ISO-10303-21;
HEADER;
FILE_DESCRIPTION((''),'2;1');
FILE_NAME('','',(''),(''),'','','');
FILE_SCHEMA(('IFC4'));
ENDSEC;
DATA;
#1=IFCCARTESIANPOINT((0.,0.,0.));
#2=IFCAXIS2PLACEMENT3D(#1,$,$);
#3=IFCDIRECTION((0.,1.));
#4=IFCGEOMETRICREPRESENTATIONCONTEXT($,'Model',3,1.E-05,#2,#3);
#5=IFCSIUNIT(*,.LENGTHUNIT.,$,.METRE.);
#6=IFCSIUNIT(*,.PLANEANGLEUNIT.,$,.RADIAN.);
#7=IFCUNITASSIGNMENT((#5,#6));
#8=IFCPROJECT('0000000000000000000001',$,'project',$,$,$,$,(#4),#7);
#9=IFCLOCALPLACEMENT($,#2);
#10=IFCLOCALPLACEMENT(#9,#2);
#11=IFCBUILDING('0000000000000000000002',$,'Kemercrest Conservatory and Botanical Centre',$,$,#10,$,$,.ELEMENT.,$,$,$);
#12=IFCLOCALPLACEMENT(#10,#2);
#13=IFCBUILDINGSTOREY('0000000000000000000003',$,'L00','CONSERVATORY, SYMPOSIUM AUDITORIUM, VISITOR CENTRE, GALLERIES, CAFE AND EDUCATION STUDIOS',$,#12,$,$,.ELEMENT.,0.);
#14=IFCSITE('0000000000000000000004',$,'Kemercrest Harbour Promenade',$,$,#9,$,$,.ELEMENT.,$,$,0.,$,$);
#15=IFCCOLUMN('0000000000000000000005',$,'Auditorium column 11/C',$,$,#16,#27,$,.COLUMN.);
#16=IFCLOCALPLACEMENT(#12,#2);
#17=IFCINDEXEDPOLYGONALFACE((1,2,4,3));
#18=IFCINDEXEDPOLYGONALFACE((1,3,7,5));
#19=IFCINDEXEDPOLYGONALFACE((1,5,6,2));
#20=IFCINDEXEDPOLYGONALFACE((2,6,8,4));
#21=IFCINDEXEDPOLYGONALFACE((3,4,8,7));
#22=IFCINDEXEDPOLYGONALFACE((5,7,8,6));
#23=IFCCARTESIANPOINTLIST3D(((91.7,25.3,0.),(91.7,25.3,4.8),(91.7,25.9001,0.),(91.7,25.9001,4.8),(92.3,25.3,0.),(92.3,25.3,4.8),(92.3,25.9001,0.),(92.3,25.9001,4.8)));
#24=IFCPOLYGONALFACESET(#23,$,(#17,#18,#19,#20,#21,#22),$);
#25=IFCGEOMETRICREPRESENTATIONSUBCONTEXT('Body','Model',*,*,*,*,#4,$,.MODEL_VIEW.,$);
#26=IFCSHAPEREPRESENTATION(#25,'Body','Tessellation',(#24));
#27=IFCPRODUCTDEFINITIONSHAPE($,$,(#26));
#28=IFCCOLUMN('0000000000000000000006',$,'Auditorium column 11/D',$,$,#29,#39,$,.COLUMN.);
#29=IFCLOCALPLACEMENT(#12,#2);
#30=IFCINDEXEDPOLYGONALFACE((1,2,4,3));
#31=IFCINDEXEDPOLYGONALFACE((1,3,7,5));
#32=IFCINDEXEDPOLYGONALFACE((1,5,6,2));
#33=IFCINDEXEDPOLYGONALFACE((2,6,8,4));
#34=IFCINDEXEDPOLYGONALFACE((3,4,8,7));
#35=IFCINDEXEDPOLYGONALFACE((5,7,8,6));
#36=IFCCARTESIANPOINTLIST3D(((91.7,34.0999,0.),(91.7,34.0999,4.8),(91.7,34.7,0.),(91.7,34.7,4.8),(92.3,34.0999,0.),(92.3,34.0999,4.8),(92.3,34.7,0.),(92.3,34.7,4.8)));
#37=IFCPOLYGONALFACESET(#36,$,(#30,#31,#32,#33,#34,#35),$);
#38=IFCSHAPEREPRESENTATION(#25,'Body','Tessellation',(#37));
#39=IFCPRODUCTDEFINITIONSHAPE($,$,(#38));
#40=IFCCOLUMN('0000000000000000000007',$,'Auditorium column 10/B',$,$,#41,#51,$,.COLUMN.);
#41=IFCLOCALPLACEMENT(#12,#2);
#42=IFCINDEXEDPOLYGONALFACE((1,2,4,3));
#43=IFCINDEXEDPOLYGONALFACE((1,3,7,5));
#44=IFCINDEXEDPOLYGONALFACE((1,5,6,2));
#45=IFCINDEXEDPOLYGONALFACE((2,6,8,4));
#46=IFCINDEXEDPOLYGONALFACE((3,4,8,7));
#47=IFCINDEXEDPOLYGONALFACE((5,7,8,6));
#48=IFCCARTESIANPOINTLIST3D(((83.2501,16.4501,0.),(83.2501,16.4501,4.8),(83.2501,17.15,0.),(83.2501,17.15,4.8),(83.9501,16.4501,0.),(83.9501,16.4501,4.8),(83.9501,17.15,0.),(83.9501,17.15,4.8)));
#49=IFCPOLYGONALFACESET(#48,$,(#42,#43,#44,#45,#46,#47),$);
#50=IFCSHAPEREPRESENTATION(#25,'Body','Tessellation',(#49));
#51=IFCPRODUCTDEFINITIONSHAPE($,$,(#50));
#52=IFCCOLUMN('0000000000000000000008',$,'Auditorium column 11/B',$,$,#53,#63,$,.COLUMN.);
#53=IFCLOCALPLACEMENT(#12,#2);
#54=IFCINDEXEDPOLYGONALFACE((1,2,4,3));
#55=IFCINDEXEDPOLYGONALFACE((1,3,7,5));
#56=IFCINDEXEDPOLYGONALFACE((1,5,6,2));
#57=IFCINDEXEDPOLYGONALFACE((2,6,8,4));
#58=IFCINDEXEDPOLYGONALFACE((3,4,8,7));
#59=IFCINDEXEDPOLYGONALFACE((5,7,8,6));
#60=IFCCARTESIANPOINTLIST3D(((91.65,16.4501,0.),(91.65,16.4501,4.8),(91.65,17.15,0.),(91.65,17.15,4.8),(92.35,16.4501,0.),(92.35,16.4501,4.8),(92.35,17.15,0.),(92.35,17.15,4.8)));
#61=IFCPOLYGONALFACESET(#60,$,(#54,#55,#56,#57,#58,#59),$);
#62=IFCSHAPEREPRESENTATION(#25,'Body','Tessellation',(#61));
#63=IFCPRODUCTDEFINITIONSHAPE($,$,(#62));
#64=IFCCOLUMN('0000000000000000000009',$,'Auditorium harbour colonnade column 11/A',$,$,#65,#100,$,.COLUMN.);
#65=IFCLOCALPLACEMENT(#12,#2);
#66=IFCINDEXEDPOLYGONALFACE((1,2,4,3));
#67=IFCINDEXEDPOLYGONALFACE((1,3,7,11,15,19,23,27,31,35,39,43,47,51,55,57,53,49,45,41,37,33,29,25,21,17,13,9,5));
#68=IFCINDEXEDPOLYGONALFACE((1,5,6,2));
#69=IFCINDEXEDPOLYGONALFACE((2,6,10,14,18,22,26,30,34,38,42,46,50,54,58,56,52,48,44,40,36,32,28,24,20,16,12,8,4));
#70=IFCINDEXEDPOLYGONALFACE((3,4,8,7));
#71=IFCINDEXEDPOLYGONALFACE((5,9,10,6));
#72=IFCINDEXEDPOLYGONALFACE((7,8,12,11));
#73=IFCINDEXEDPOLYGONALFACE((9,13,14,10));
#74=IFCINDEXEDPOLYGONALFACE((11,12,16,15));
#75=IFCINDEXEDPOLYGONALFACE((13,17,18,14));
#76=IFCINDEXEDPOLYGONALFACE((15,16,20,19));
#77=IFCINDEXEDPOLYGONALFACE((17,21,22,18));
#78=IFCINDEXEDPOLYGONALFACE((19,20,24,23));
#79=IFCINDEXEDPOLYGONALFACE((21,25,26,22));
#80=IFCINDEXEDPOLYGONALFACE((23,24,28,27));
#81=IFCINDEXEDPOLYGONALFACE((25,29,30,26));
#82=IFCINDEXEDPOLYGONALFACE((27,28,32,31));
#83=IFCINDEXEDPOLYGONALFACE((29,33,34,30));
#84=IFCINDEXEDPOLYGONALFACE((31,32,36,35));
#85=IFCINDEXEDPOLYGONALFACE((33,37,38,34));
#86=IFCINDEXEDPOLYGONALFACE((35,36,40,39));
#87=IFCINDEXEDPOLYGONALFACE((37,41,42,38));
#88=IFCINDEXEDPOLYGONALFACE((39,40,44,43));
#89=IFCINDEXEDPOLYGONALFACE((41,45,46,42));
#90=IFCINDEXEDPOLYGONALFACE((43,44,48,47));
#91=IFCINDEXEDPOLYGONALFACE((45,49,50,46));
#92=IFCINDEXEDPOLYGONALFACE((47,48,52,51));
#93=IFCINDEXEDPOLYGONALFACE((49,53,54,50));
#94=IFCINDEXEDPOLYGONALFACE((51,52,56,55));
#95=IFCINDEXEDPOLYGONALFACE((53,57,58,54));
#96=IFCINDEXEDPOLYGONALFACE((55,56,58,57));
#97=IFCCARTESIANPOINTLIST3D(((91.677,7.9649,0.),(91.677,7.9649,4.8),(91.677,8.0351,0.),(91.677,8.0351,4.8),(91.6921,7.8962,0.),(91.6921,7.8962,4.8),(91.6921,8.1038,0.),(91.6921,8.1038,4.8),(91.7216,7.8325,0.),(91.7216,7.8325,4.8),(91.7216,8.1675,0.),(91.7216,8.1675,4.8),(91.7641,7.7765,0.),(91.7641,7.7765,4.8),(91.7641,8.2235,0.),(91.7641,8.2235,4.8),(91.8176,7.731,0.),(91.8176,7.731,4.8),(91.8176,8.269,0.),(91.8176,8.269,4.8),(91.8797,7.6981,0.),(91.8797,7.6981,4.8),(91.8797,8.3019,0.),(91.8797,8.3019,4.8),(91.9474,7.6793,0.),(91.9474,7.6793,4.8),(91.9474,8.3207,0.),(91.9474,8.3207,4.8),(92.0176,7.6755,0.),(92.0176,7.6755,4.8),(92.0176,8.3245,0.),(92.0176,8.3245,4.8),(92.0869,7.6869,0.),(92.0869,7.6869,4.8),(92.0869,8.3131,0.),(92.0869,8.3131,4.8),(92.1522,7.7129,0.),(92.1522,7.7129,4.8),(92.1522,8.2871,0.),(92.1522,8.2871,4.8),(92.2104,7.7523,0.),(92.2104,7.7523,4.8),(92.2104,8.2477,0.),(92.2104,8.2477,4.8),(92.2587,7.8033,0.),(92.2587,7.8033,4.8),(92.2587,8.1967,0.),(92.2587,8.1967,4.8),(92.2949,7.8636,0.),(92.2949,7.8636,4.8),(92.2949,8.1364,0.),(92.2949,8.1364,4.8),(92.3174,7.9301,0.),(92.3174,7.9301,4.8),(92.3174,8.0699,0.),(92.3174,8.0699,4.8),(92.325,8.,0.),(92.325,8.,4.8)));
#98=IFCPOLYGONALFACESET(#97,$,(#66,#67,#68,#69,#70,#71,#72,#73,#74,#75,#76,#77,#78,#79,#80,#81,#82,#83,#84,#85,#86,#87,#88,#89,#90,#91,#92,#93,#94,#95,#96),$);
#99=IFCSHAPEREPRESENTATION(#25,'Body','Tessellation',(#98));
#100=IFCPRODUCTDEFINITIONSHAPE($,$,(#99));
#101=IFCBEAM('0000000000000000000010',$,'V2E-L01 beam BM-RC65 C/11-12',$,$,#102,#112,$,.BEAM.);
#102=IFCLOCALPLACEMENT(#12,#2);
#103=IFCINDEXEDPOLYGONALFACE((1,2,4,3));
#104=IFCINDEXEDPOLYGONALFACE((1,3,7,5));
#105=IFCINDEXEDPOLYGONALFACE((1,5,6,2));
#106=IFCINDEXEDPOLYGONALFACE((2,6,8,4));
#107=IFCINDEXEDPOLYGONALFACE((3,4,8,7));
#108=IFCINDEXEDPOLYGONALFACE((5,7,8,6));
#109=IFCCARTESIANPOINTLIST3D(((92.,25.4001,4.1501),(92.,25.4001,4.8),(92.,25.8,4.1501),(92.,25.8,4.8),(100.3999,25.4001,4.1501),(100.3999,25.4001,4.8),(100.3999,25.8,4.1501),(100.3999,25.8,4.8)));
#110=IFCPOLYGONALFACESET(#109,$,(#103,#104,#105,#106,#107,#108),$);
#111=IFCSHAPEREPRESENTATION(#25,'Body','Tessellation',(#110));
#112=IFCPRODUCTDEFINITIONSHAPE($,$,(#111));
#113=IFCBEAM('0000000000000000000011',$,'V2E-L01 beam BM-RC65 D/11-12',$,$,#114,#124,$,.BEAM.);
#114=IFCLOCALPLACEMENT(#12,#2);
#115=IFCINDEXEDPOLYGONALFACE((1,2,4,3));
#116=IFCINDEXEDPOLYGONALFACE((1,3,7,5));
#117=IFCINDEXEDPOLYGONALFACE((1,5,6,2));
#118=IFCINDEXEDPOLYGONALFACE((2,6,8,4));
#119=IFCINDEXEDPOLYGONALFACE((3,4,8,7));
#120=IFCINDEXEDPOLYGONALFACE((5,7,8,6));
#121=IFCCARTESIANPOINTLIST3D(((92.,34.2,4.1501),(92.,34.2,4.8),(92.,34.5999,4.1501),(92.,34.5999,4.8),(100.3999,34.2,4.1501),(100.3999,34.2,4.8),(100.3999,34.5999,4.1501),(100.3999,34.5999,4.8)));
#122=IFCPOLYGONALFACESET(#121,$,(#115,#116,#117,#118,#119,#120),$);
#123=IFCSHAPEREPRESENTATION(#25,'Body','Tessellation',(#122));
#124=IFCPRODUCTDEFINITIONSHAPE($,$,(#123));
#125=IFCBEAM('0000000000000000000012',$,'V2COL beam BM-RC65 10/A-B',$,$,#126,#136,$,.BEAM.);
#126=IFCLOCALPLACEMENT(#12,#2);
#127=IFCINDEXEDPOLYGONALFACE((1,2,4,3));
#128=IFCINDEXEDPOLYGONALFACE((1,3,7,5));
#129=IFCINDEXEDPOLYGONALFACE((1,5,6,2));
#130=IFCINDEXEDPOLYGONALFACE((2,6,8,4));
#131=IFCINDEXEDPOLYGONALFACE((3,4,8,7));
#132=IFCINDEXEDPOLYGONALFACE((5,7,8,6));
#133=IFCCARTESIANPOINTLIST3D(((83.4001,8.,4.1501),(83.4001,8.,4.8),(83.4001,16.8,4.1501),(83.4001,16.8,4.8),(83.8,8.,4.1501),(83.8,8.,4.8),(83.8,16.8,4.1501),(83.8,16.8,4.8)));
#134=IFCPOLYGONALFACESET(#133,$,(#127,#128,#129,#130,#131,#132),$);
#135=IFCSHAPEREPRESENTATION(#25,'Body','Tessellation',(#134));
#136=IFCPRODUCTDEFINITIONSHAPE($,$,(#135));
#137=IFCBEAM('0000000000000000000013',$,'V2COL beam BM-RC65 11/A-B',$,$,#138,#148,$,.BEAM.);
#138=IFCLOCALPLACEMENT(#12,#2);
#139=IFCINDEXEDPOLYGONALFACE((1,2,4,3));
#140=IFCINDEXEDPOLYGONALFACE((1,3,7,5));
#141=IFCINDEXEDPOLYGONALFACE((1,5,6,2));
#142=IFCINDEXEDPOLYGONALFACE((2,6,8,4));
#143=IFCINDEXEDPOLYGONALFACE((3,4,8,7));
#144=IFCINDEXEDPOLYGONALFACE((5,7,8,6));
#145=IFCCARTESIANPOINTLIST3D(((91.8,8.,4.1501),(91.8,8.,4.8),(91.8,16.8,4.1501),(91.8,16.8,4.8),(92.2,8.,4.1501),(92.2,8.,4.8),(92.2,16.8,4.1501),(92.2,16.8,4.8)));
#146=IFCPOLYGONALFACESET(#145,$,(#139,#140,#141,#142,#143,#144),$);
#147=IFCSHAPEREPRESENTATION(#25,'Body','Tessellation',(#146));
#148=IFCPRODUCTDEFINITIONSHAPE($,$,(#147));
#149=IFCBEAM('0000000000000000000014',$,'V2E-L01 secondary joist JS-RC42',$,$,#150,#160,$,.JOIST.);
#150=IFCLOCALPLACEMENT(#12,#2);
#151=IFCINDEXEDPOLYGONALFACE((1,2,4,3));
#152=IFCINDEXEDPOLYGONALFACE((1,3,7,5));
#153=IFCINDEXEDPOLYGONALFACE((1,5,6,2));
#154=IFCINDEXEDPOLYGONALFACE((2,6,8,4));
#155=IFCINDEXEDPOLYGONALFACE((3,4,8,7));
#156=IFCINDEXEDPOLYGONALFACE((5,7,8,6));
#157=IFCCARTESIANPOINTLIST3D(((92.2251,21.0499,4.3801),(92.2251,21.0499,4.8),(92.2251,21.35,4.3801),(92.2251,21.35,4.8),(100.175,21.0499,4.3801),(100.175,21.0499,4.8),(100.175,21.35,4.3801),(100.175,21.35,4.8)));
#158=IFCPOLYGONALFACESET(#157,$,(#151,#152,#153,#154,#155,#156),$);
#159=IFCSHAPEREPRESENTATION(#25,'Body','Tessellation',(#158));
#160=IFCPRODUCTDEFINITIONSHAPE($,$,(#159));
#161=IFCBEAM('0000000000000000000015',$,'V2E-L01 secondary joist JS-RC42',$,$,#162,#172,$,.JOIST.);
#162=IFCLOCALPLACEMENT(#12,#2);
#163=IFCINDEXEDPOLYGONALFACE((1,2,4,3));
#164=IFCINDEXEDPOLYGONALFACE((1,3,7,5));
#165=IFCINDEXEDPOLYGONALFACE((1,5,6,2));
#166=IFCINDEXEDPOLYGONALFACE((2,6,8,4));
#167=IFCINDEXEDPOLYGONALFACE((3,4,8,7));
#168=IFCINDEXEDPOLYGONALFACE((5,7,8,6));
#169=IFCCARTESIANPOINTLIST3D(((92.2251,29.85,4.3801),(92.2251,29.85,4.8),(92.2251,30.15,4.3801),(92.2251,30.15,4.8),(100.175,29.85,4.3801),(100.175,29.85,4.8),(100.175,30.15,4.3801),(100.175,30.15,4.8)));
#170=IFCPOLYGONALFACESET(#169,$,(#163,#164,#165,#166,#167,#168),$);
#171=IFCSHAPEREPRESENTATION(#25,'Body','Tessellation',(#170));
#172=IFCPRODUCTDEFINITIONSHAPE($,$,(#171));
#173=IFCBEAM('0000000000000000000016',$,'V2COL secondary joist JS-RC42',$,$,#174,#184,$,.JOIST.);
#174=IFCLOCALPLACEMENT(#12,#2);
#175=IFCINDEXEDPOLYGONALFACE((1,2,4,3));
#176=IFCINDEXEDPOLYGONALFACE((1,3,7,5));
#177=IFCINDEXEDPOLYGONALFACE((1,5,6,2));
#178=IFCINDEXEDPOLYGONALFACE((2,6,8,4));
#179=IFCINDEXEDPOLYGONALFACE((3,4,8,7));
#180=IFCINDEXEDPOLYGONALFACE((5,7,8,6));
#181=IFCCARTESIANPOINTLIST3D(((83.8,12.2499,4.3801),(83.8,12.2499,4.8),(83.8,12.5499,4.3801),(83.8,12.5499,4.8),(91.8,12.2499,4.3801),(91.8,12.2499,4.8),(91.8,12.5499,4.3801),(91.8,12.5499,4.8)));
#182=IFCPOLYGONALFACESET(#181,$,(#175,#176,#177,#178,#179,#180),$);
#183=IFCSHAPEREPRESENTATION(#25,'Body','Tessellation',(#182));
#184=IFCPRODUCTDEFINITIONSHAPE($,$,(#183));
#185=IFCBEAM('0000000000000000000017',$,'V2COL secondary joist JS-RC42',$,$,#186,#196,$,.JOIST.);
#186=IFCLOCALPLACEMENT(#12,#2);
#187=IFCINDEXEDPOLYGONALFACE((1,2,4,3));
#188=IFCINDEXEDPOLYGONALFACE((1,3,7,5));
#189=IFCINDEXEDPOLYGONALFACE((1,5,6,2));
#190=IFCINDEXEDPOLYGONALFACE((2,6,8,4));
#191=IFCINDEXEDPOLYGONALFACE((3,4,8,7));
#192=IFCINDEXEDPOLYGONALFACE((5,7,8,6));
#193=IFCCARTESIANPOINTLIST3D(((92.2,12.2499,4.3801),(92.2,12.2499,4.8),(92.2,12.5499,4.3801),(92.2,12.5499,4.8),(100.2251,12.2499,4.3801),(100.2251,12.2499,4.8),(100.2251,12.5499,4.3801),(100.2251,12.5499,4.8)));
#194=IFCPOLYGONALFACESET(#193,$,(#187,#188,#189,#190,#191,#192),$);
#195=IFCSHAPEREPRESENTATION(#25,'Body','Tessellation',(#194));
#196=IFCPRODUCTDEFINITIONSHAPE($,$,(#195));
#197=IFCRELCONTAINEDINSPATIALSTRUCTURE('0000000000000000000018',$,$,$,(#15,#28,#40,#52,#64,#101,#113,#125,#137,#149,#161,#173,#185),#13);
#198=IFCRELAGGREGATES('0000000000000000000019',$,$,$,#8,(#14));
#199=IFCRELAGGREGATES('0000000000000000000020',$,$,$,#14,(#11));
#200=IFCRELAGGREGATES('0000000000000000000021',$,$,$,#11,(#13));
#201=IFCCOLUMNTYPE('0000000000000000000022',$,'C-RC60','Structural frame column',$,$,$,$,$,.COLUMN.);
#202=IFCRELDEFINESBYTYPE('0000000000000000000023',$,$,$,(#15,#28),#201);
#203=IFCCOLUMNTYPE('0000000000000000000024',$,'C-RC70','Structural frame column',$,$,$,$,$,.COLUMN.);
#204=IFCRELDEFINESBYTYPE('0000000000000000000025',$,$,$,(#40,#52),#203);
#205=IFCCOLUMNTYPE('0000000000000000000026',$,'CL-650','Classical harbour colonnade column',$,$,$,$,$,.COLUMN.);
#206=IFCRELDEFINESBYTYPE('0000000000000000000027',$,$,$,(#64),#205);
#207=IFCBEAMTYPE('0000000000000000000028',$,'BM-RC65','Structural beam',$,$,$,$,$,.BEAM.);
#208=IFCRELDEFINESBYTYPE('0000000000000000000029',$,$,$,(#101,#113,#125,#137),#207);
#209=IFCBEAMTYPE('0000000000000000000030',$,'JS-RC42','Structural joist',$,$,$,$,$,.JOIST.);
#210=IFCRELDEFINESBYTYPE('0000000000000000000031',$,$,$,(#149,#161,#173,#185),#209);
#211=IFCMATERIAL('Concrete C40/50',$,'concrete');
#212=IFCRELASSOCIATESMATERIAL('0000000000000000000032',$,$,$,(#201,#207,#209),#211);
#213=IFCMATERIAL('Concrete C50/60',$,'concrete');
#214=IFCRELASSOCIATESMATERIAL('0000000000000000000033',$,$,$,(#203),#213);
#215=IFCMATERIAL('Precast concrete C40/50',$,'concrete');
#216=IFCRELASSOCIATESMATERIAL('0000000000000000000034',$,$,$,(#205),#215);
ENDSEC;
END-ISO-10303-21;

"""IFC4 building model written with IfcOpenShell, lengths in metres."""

from ifc_helpers import new_model, si_unit, direction, frame, origin, origin_2d, place, context, subcontext, project, spatial, rectangle, circle, extrude, material, material_profile, profile_set, type_object, element, save


model = new_model("IFC4")

# Units and contexts
model_context = context("Model", 3, precision=1e-05, world=origin(), true_north=direction((0.0, 1.0)))
body_context = subcontext(model_context, "Body", "Model", "MODEL_VIEW")
ifc_project = project(units=[si_unit("LENGTHUNIT", "METRE"), si_unit("PLANEANGLEUNIT", "RADIAN")], contexts=[model_context])

# Site, building, storey
site_placement = place(None, origin())
site = spatial("IfcSite", under=ifc_project, at=site_placement, Name="Kemercrest Harbour Promenade", CompositionType="ELEMENT", RefElevation=0.0)
building_placement = place(site_placement, origin())
building = spatial("IfcBuilding", under=site, at=building_placement, Name="Kemercrest Conservatory and Botanical Centre", CompositionType="ELEMENT")
storey_placement = place(building_placement, origin())
storey = spatial("IfcBuildingStorey", under=building, at=storey_placement, Name="L00", Description="CONSERVATORY, SYMPOSIUM AUDITORIUM, VISITOR CENTRE, GALLERIES, CAFE AND EDUCATION STUDIOS", CompositionType="ELEMENT", Elevation=0.0)

# Columns
ifc_material_1 = material(Name="Concrete C40/50", Category="concrete")
ifc_material_profile_1 = material_profile(ifc_material_1, rectangle(XDim=0.6001, YDim=0.6001, at=origin_2d()), Name="RC 600x600")
ifc_profile_set_1 = profile_set([ifc_material_profile_1], Name="Concrete C40/50")
column_type_1 = type_object("IfcColumnType", Name="C-RC60", Description="Structural frame column", PredefinedType="COLUMN", material=ifc_profile_set_1)
for number, where, z_axis, x_axis, name in (
    (1, (92.0, 25.6001, 0.0), (0.0, 0.0, 1.0), (1.0, 0.0, 0.0), "Auditorium column 11/C"),
    (2, (92.0, 34.3999, 0.0), (0.0, 0.0, 1.0), (1.0, 0.0, 0.0), "Auditorium column 11/D"),
):
    element("IfcColumn", number, at=place(storey_placement, frame(where, z_axis=z_axis, x_axis=x_axis)), inside=storey, type_object=column_type_1, Name=name, PredefinedType="COLUMN", context=body_context, shape_type="SweptSolid", body=[
        extrude(rectangle(XDim=0.6001, YDim=0.6001, at=origin_2d()), origin(), (0.0, 0.0, 1.0), 4.8),
    ])
ifc_material_2 = material(Name="Concrete C50/60", Category="concrete")
ifc_material_profile_2 = material_profile(ifc_material_2, rectangle(XDim=0.7, YDim=0.7, at=origin_2d()), Name="RC 700x700")
ifc_profile_set_2 = profile_set([ifc_material_profile_2], Name="Concrete C50/60")
column_type_2 = type_object("IfcColumnType", Name="C-RC70", Description="Structural frame column", PredefinedType="COLUMN", material=ifc_profile_set_2)
for number, where, z_axis, x_axis, name in (
    (3, (83.6001, 16.8, 0.0), (0.0, 0.0, 1.0), (1.0, 0.0, 0.0), "Auditorium column 10/B"),
    (4, (92.0, 16.8, 0.0), (0.0, 0.0, 1.0), (1.0, 0.0, 0.0), "Auditorium column 11/B"),
):
    element("IfcColumn", number, at=place(storey_placement, frame(where, z_axis=z_axis, x_axis=x_axis)), inside=storey, type_object=column_type_2, Name=name, PredefinedType="COLUMN", context=body_context, shape_type="SweptSolid", body=[
        extrude(rectangle(XDim=0.7, YDim=0.7, at=origin_2d()), origin(), (0.0, 0.0, 1.0), 4.8),
    ])
ifc_material_3 = material(Name="Precast concrete C40/50", Category="concrete")
ifc_material_profile_3 = material_profile(ifc_material_3, circle(Radius=0.325, at=origin_2d()), Name="COLONNADE D650")
ifc_profile_set_3 = profile_set([ifc_material_profile_3], Name="Precast concrete C40/50")
column_type_3 = type_object("IfcColumnType", Name="CL-650", Description="Classical harbour colonnade column", PredefinedType="COLUMN", material=ifc_profile_set_3)
column_placement = place(storey_placement, frame((92.0, 8.0, 0.0), z_axis=(0.0, 0.0, 1.0), x_axis=(1.0, 0.0, 0.0)))
element("IfcColumn", 5, at=column_placement, inside=storey, type_object=column_type_3, Name="Auditorium harbour colonnade column 11/A", PredefinedType="COLUMN", context=body_context, shape_type="SweptSolid", body=[
    extrude(circle(Radius=0.325, at=origin_2d()), origin(), (0.0, 0.0, 1.0), 4.8),
])

# Beams
ifc_material_profile_4 = material_profile(ifc_material_1, rectangle(XDim=0.3999, YDim=0.6499, at=origin_2d()), Name="RC 400x650")
ifc_profile_set_4 = profile_set([ifc_material_profile_4], Name="Concrete C40/50")
beam_type_1 = type_object("IfcBeamType", Name="BM-RC65", Description="Structural beam", PredefinedType="BEAM", material=ifc_profile_set_4)
for number, where, z_axis, x_axis, name in (
    (6, (92.0, 25.6001, 4.4751), (1.0, 0.0, 0.0), (0.0, 1.0, 0.0), "V2E-L01 beam BM-RC65 C/11-12"),
    (7, (92.0, 34.3999, 4.4751), (1.0, 0.0, 0.0), (0.0, 1.0, 0.0), "V2E-L01 beam BM-RC65 D/11-12"),
):
    element("IfcBeam", number, at=place(storey_placement, frame(where, z_axis=z_axis, x_axis=x_axis)), inside=storey, type_object=beam_type_1, Name=name, PredefinedType="BEAM", context=body_context, shape_type="SweptSolid", body=[
        extrude(rectangle(XDim=0.3999, YDim=0.6499, at=origin_2d()), origin(), (0.0, 0.0, 1.0), 8.3999),
    ])
for number, where, z_axis, x_axis, name in (
    (8, (83.6001, 8.0, 4.4751), (0.0, 1.0, 0.0), (-1.0, 0.0, 0.0), "V2COL beam BM-RC65 10/A-B"),
    (9, (92.0, 8.0, 4.4751), (0.0, 1.0, 0.0), (-1.0, 0.0, 0.0), "V2COL beam BM-RC65 11/A-B"),
):
    element("IfcBeam", number, at=place(storey_placement, frame(where, z_axis=z_axis, x_axis=x_axis)), inside=storey, type_object=beam_type_1, Name=name, PredefinedType="BEAM", context=body_context, shape_type="SweptSolid", body=[
        extrude(rectangle(XDim=0.3999, YDim=0.6499, at=origin_2d()), origin(), (0.0, 0.0, 1.0), 8.8),
    ])
ifc_material_profile_5 = material_profile(ifc_material_1, rectangle(XDim=0.3, YDim=0.4199, at=origin_2d()), Name="RC 300x420")
ifc_profile_set_5 = profile_set([ifc_material_profile_5], Name="Concrete C40/50")
beam_type_2 = type_object("IfcBeamType", Name="JS-RC42", Description="Structural joist", PredefinedType="JOIST", material=ifc_profile_set_5)
for number, where, z_axis, x_axis, name in (
    (10, (92.2251, 21.2, 4.5901), (1.0, 0.0, 0.0), (0.0, 1.0, 0.0), "V2E-L01 secondary joist JS-RC42"),
    (11, (92.2251, 30.0, 4.5901), (1.0, 0.0, 0.0), (0.0, 1.0, 0.0), "V2E-L01 secondary joist JS-RC42"),
):
    element("IfcBeam", number, at=place(storey_placement, frame(where, z_axis=z_axis, x_axis=x_axis)), inside=storey, type_object=beam_type_2, Name=name, PredefinedType="JOIST", context=body_context, shape_type="SweptSolid", body=[
        extrude(rectangle(XDim=0.3, YDim=0.4199, at=origin_2d()), origin(), (0.0, 0.0, 1.0), 7.95),
    ])
beam_1_placement = place(storey_placement, frame((83.8, 12.3999, 4.5901), z_axis=(1.0, 0.0, 0.0), x_axis=(0.0, 1.0, 0.0)))
element("IfcBeam", 12, at=beam_1_placement, inside=storey, type_object=beam_type_2, Name="V2COL secondary joist JS-RC42", PredefinedType="JOIST", context=body_context, shape_type="SweptSolid", body=[
    extrude(rectangle(XDim=0.3, YDim=0.4199, at=origin_2d()), origin(), (0.0, 0.0, 1.0), 8.0),
])
beam_2_placement = place(storey_placement, frame((92.2, 12.3999, 4.5901), z_axis=(1.0, 0.0, 0.0), x_axis=(0.0, 1.0, 0.0)))
element("IfcBeam", 13, at=beam_2_placement, inside=storey, type_object=beam_type_2, Name="V2COL secondary joist JS-RC42", PredefinedType="JOIST", context=body_context, shape_type="SweptSolid", body=[
    extrude(rectangle(XDim=0.3, YDim=0.4199, at=origin_2d()), origin(), (0.0, 0.0, 1.0), 8.0251),
])

save(model, "model.ifc")
